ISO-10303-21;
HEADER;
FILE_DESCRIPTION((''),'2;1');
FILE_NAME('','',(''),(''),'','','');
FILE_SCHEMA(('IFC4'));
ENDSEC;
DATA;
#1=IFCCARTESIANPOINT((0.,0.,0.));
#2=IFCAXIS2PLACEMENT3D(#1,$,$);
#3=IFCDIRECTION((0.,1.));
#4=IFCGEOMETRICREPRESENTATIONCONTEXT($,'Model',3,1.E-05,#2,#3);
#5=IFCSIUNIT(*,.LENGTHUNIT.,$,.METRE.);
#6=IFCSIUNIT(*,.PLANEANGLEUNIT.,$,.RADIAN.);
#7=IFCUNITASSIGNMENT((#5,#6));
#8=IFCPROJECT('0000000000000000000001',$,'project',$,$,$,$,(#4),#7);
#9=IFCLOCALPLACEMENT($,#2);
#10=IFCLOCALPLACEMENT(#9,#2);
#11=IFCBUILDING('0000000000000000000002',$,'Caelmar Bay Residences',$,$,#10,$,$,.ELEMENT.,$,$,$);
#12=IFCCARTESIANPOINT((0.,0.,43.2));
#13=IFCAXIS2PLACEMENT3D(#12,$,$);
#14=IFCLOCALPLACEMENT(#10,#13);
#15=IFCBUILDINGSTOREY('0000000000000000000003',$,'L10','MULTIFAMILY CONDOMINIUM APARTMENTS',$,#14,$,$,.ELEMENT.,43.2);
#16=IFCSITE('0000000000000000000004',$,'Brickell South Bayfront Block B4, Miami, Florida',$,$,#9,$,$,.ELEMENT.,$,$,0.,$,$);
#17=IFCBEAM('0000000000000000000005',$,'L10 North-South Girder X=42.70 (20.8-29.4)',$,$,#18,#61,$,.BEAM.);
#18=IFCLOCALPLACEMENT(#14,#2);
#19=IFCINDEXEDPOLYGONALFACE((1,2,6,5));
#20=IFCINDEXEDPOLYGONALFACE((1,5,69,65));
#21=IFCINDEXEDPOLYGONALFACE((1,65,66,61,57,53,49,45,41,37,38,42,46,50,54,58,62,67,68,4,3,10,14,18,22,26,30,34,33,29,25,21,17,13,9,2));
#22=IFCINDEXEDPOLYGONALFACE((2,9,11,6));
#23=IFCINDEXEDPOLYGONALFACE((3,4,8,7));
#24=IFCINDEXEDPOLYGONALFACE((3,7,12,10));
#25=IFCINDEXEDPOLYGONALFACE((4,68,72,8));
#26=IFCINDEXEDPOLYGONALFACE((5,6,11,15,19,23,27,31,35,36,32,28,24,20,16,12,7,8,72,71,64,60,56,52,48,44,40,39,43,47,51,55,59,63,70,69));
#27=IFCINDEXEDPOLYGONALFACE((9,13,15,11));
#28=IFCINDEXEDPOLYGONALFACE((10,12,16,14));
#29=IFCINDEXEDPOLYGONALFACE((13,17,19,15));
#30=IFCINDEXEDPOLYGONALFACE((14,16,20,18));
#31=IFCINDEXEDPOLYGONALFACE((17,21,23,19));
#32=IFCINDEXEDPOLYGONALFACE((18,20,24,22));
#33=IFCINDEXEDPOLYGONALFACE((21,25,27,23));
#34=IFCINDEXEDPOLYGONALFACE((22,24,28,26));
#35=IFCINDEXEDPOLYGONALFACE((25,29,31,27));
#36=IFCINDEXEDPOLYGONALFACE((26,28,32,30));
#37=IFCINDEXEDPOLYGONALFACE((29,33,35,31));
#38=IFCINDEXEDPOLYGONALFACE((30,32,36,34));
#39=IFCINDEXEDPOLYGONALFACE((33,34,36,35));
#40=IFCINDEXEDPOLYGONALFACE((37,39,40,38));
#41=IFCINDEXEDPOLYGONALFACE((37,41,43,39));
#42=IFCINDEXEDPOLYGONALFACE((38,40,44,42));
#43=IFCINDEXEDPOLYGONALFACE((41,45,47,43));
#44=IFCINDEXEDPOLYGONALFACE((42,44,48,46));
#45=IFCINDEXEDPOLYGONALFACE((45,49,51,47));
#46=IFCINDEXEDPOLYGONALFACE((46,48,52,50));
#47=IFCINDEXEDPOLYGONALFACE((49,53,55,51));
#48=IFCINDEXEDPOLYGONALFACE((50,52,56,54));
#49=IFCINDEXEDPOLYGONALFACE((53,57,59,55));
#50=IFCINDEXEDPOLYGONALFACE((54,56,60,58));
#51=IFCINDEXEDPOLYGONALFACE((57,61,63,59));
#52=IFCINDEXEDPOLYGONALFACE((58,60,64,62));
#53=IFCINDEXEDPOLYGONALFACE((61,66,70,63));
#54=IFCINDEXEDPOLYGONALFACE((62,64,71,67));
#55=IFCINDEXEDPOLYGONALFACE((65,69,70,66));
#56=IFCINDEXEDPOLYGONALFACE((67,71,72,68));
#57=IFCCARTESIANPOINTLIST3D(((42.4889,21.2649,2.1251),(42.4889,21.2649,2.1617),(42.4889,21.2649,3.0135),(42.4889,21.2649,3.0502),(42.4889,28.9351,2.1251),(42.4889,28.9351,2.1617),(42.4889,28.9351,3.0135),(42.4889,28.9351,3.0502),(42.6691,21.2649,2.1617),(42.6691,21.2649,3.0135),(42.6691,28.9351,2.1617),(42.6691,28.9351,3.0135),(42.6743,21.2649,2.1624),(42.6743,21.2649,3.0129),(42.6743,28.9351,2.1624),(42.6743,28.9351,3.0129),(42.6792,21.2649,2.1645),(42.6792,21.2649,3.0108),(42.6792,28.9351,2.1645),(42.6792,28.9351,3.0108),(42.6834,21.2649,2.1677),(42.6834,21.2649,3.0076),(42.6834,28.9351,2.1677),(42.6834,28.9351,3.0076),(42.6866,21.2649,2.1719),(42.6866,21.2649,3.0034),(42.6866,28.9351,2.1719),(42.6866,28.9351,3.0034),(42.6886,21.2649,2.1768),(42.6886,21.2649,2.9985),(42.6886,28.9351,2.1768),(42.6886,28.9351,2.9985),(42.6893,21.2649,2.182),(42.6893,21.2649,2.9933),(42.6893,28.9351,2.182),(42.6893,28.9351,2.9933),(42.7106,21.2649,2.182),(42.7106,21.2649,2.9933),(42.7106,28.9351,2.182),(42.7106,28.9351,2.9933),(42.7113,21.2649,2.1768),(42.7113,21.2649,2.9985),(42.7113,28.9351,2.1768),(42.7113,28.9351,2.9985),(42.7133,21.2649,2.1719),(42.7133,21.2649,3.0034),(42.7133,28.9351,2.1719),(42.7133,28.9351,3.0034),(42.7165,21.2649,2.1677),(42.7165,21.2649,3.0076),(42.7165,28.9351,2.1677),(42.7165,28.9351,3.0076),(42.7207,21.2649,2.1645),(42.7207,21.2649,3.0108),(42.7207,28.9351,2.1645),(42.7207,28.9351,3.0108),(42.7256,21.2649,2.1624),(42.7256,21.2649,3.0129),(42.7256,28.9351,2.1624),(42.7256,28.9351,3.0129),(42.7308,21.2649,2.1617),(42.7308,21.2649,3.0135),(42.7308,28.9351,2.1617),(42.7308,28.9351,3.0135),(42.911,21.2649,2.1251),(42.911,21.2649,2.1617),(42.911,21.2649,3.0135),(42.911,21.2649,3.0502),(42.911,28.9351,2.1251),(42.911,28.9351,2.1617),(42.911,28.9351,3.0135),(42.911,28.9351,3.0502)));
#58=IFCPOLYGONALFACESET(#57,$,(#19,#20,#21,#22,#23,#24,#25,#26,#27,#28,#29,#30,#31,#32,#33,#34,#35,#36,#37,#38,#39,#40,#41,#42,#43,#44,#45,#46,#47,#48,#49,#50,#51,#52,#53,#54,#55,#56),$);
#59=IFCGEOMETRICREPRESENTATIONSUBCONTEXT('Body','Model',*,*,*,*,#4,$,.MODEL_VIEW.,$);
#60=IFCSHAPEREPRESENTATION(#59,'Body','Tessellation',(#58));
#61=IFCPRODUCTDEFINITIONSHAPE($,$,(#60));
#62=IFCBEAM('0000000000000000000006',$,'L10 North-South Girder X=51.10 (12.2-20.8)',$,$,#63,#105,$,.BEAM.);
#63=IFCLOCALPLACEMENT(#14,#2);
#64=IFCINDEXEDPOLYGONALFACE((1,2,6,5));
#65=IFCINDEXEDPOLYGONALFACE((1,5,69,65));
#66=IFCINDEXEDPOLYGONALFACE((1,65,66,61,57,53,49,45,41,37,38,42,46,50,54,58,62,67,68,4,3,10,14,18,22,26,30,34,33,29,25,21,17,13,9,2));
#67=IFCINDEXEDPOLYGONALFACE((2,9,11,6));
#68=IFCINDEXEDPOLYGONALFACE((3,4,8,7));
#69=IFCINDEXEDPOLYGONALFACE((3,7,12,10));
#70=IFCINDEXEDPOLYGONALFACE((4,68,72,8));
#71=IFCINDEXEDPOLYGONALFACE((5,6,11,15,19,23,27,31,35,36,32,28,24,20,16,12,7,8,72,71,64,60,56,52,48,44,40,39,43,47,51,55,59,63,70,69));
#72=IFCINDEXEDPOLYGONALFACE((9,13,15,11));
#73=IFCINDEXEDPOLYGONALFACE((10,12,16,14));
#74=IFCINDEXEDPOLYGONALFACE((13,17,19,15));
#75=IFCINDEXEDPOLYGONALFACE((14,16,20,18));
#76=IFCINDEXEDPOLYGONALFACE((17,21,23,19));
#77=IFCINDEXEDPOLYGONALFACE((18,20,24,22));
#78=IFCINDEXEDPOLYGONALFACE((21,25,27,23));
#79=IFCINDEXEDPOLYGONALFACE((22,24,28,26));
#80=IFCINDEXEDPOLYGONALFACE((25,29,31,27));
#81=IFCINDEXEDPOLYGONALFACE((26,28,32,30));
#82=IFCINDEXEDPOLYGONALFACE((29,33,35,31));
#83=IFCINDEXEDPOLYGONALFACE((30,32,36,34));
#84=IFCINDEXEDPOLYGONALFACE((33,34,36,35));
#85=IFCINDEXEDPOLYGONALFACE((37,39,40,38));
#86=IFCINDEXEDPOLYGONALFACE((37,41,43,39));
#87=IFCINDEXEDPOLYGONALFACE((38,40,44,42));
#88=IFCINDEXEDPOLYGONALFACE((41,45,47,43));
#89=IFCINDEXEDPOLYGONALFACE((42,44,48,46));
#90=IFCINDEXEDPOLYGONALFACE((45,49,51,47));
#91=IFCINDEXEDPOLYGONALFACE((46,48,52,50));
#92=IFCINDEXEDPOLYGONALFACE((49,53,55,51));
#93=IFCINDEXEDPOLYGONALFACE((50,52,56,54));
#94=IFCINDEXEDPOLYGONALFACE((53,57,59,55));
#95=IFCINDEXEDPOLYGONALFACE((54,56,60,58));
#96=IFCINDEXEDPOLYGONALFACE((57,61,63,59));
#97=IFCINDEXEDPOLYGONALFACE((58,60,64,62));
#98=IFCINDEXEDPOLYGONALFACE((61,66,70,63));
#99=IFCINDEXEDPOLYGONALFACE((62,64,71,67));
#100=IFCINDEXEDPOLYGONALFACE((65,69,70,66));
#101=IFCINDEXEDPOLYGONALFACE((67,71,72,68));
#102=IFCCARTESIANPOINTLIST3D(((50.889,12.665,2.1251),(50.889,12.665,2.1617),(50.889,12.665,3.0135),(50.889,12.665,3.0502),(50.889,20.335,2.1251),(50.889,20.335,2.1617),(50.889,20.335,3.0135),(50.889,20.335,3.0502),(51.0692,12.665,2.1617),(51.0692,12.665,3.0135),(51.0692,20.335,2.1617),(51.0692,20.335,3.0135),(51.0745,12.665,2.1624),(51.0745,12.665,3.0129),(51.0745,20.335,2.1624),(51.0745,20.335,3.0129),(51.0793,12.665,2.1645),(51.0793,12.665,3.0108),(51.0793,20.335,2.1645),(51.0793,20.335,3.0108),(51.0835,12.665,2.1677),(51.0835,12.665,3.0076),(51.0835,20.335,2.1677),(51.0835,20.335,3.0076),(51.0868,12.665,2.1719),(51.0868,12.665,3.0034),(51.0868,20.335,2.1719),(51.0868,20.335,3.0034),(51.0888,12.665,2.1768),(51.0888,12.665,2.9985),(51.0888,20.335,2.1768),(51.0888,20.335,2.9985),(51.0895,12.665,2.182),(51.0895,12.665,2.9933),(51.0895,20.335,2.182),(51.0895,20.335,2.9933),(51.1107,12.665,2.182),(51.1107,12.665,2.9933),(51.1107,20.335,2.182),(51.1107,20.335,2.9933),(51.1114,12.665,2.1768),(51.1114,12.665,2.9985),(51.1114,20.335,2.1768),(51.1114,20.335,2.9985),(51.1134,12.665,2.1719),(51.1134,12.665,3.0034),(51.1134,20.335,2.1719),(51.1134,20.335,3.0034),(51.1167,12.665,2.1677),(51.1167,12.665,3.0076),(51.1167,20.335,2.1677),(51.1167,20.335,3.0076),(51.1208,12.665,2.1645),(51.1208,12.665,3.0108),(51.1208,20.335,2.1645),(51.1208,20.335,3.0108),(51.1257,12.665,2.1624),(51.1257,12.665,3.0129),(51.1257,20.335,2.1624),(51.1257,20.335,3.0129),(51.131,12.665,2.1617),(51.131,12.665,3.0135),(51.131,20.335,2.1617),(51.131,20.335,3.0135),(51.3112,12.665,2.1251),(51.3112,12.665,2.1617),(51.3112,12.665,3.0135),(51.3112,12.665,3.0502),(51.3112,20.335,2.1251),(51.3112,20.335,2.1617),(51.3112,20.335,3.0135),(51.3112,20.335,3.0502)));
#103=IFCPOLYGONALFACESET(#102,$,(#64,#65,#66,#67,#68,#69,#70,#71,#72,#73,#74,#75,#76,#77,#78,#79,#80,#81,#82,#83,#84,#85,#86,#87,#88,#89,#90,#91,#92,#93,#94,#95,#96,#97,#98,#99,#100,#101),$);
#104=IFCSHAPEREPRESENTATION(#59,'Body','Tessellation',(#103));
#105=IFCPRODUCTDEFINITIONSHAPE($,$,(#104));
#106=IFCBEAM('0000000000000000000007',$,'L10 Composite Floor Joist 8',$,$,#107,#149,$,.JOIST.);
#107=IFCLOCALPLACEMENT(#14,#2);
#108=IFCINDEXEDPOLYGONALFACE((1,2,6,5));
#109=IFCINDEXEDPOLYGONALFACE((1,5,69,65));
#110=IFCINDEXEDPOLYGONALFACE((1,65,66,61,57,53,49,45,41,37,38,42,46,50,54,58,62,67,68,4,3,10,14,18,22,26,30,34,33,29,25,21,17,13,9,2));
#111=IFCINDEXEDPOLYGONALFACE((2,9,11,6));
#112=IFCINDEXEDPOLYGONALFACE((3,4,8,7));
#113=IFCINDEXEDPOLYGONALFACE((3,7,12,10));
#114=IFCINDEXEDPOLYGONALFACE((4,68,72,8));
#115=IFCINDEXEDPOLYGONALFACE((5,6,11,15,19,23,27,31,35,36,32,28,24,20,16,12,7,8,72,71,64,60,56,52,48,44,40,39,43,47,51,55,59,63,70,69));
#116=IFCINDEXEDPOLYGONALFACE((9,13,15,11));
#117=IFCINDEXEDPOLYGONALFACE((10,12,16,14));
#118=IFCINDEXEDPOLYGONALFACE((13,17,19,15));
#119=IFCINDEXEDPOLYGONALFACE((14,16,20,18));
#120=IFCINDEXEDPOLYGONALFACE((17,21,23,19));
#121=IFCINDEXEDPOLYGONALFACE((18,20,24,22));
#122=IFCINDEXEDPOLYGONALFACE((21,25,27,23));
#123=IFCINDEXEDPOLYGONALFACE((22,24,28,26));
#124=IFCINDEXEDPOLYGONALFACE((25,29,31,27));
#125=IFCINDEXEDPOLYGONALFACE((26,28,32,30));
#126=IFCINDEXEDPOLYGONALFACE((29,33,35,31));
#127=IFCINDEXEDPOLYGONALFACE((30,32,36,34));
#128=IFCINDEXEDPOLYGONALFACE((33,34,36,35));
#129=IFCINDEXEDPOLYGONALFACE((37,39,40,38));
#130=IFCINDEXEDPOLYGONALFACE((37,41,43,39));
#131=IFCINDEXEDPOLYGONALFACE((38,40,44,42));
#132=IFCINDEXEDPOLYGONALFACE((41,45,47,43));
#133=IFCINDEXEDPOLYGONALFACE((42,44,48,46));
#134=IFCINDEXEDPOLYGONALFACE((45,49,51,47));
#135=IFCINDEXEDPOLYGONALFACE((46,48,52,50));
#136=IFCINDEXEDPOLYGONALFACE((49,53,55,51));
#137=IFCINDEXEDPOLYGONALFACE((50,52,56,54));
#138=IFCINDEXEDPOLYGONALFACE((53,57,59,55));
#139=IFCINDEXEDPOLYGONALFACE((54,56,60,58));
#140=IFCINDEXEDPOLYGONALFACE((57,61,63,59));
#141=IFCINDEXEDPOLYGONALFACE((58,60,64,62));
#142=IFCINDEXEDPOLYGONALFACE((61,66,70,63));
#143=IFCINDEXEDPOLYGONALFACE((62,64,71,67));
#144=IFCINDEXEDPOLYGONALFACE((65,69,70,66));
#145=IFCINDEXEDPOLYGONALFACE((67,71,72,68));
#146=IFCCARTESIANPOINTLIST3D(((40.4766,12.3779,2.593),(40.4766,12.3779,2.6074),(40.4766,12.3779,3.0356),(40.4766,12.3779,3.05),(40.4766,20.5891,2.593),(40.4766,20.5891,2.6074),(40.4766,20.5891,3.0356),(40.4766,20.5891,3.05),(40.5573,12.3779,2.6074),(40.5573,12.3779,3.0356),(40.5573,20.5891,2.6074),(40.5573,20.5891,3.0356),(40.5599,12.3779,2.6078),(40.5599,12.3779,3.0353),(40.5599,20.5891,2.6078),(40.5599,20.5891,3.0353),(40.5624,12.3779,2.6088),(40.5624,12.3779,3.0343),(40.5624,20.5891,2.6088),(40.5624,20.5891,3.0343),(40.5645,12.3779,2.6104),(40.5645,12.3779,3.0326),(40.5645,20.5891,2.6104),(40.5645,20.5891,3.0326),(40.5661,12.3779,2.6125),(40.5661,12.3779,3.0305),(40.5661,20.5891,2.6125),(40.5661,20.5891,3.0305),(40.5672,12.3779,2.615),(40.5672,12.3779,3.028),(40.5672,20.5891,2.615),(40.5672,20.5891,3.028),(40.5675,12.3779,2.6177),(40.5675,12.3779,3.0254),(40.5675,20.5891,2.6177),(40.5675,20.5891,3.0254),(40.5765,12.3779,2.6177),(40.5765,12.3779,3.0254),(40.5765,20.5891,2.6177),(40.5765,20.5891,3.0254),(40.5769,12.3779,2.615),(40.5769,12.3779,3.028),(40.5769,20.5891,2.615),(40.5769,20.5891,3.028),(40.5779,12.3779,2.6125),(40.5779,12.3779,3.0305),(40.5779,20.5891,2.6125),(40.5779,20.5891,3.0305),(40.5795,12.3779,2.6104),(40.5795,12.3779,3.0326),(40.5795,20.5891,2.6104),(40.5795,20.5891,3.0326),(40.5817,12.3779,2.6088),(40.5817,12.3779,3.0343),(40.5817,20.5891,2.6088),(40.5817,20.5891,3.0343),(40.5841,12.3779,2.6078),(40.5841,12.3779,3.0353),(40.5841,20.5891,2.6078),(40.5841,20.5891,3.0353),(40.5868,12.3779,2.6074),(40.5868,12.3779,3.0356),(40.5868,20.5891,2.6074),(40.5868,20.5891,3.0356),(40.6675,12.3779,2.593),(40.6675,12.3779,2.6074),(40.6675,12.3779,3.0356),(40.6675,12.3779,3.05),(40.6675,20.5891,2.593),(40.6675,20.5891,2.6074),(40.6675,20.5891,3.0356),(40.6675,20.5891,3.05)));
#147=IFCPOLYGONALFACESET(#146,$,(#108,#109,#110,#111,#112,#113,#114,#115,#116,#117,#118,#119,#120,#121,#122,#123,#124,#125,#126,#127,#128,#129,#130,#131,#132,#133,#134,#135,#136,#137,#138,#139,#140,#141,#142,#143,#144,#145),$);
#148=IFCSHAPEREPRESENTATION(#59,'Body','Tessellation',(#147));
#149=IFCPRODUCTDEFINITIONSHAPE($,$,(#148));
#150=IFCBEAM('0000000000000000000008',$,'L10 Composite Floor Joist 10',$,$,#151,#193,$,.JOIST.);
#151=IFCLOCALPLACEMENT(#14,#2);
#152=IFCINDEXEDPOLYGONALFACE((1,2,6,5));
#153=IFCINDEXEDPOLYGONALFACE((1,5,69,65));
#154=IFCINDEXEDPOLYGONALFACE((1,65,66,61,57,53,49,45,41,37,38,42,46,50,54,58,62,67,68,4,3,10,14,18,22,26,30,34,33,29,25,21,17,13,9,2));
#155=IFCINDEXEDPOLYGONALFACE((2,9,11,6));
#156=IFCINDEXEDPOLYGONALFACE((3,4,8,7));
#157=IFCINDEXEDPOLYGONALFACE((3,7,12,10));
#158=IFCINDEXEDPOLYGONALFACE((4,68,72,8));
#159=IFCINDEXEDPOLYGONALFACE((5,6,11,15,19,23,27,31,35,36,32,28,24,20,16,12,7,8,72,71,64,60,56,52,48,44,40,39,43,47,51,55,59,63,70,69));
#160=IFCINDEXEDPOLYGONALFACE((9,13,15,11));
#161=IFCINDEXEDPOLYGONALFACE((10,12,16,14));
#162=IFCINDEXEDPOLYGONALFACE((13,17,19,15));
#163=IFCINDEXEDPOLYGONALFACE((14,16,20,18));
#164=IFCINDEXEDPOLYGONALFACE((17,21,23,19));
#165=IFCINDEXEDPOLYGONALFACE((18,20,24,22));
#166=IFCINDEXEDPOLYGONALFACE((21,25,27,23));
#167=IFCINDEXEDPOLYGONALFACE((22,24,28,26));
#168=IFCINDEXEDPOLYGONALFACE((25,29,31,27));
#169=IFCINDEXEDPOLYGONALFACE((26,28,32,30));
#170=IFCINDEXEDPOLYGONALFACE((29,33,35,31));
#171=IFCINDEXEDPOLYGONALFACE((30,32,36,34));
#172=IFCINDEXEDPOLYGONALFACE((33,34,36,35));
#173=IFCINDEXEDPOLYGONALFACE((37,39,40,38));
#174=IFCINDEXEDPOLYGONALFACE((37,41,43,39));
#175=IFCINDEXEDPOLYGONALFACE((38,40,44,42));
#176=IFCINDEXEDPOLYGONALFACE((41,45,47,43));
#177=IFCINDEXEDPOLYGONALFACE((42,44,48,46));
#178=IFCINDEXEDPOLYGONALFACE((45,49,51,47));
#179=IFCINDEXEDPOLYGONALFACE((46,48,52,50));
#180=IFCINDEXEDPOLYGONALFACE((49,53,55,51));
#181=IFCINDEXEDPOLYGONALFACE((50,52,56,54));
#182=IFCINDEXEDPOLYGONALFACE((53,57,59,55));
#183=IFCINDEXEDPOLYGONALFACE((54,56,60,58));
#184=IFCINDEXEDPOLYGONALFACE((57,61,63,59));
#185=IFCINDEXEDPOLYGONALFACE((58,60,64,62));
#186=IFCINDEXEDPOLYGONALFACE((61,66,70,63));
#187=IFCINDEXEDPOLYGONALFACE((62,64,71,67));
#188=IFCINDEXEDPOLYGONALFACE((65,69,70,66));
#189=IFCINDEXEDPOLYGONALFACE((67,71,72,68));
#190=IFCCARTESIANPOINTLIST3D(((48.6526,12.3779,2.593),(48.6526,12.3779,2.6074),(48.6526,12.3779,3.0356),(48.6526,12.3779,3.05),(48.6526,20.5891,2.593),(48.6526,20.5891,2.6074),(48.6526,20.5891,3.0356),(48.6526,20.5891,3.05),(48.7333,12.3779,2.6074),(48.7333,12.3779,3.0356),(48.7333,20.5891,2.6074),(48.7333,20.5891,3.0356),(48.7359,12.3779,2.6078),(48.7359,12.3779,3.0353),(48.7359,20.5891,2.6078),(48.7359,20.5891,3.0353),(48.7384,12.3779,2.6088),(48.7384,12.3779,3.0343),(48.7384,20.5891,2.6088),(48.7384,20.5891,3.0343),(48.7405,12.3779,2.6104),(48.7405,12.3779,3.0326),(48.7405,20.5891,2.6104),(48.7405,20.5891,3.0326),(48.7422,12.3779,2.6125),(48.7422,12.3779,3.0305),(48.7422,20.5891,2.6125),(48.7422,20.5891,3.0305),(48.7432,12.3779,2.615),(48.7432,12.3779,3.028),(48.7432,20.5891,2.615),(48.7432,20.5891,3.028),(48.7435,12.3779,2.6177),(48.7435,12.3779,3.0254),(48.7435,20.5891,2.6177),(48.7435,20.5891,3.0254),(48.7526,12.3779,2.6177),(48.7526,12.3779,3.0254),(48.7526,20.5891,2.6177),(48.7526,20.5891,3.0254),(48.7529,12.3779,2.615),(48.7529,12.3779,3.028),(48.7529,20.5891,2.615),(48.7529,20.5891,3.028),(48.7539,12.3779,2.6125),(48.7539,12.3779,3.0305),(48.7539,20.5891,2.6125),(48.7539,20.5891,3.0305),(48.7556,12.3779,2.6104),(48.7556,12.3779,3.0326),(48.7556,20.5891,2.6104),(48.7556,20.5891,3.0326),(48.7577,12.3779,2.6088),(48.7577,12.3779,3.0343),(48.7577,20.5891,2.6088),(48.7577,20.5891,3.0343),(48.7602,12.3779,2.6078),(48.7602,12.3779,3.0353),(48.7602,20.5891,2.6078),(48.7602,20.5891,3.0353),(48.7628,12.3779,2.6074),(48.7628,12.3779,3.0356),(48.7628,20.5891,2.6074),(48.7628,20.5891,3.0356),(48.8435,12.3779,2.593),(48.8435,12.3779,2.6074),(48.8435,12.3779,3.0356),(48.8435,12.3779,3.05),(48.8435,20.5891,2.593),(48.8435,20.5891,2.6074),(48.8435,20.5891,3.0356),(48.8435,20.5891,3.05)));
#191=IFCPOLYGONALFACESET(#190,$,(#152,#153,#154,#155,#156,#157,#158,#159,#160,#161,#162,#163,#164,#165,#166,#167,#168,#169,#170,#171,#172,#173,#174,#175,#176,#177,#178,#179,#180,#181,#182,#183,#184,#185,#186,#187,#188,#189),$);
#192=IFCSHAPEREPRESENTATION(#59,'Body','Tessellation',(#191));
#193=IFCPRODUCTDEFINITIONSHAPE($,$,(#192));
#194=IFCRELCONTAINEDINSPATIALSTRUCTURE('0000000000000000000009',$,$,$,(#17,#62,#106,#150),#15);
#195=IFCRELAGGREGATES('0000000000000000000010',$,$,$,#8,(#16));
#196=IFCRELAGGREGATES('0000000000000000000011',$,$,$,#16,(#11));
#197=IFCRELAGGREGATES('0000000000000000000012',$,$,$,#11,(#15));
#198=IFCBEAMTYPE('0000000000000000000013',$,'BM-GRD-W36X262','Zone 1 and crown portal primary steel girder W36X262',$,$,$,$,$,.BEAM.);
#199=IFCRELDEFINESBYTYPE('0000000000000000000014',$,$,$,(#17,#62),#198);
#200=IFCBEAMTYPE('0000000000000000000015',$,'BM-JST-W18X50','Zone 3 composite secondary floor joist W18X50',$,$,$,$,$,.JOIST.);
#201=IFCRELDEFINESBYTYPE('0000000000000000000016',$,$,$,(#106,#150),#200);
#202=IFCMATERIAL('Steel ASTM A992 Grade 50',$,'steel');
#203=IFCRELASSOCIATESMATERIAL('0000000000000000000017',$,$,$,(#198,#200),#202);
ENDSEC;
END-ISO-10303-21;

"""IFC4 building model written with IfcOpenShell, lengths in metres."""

from ifc_helpers import new_model, si_unit, direction, frame, origin, origin_2d, place, context, subcontext, project, spatial, i_section, extrude, material, material_profile, profile_set, type_object, element, save


model = new_model("IFC4")

# Units and contexts
model_context = context("Model", 3, precision=1e-05, world=origin(), true_north=direction((0.0, 1.0)))
body_context = subcontext(model_context, "Body", "Model", "MODEL_VIEW")
ifc_project = project(units=[si_unit("LENGTHUNIT", "METRE"), si_unit("PLANEANGLEUNIT", "RADIAN")], contexts=[model_context])

# Site, building, storey
site_placement = place(None, origin())
site = spatial("IfcSite", under=ifc_project, at=site_placement, Name="Brickell South Bayfront Block B4, Miami, Florida", CompositionType="ELEMENT", RefElevation=0.0)
building_placement = place(site_placement, origin())
building = spatial("IfcBuilding", under=site, at=building_placement, Name="Caelmar Bay Residences", CompositionType="ELEMENT")
storey_placement = place(building_placement, frame((0.0, 0.0, 43.2)))
storey = spatial("IfcBuildingStorey", under=building, at=storey_placement, Name="L10", Description="MULTIFAMILY CONDOMINIUM APARTMENTS", CompositionType="ELEMENT", Elevation=43.2)

# Beams
ifc_material_1 = material(Name="Steel ASTM A992 Grade 50", Category="steel")
ifc_material_profile_1 = material_profile(ifc_material_1, i_section(OverallWidth=0.4221, OverallDepth=0.925, WebThickness=0.0212, FlangeThickness=0.0366, FilletRadius=0.0203, at=origin_2d()), Name="W36X262")
ifc_profile_set_1 = profile_set([ifc_material_profile_1], Name="Steel ASTM A992 Grade 50")
beam_type_1 = type_object("IfcBeamType", Name="BM-GRD-W36X262", Description="Zone 1 and crown portal primary steel girder W36X262", PredefinedType="BEAM", material=ifc_profile_set_1)
beam_1_placement = place(storey_placement, frame((42.7, 21.2649, 2.5876), z_axis=(0.0, 1.0, 0.0), x_axis=(-1.0, 0.0, 0.0)))
element("IfcBeam", 1, at=beam_1_placement, inside=storey, type_object=beam_type_1, Name="L10 North-South Girder X=42.70 (20.8-29.4)", PredefinedType="BEAM", context=body_context, shape_type="SweptSolid", body=[
    extrude(i_section(OverallWidth=0.4221, OverallDepth=0.925, WebThickness=0.0212, FlangeThickness=0.0366, FilletRadius=0.0203, at=origin_2d()), origin(), (0.0, 0.0, 1.0), 7.6702),
])
beam_2_placement = place(storey_placement, frame((51.1001, 12.665, 2.5876), z_axis=(0.0, 1.0, 0.0), x_axis=(-1.0, 0.0, 0.0)))
element("IfcBeam", 2, at=beam_2_placement, inside=storey, type_object=beam_type_1, Name="L10 North-South Girder X=51.10 (12.2-20.8)", PredefinedType="BEAM", context=body_context, shape_type="SweptSolid", body=[
    extrude(i_section(OverallWidth=0.4221, OverallDepth=0.925, WebThickness=0.0212, FlangeThickness=0.0366, FilletRadius=0.0203, at=origin_2d()), origin(), (0.0, 0.0, 1.0), 7.6699),
])
ifc_material_profile_2 = material_profile(ifc_material_1, i_section(OverallWidth=0.1909, OverallDepth=0.457, WebThickness=0.009, FlangeThickness=0.0144, FilletRadius=0.0103, at=origin_2d()), Name="W18X50")
ifc_profile_set_2 = profile_set([ifc_material_profile_2], Name="Steel ASTM A992 Grade 50")
beam_type_2 = type_object("IfcBeamType", Name="BM-JST-W18X50", Description="Zone 3 composite secondary floor joist W18X50", PredefinedType="JOIST", material=ifc_profile_set_2)
for number, where, z_axis, x_axis, name in (
    (3, (40.572, 12.3779, 2.8215), (0.0, 1.0, 0.0), (-1.0, 0.0, 0.0), "L10 Composite Floor Joist 8"),
    (4, (48.748, 12.3779, 2.8215), (0.0, 1.0, 0.0), (-1.0, 0.0, 0.0), "L10 Composite Floor Joist 10"),
):
    element("IfcBeam", number, at=place(storey_placement, frame(where, z_axis=z_axis, x_axis=x_axis)), inside=storey, type_object=beam_type_2, Name=name, PredefinedType="JOIST", context=body_context, shape_type="SweptSolid", body=[
        extrude(i_section(OverallWidth=0.1909, OverallDepth=0.457, WebThickness=0.009, FlangeThickness=0.0144, FilletRadius=0.0103, at=origin_2d()), origin(), (0.0, 0.0, 1.0), 8.2112),
    ])

save(model, "model.ifc")
